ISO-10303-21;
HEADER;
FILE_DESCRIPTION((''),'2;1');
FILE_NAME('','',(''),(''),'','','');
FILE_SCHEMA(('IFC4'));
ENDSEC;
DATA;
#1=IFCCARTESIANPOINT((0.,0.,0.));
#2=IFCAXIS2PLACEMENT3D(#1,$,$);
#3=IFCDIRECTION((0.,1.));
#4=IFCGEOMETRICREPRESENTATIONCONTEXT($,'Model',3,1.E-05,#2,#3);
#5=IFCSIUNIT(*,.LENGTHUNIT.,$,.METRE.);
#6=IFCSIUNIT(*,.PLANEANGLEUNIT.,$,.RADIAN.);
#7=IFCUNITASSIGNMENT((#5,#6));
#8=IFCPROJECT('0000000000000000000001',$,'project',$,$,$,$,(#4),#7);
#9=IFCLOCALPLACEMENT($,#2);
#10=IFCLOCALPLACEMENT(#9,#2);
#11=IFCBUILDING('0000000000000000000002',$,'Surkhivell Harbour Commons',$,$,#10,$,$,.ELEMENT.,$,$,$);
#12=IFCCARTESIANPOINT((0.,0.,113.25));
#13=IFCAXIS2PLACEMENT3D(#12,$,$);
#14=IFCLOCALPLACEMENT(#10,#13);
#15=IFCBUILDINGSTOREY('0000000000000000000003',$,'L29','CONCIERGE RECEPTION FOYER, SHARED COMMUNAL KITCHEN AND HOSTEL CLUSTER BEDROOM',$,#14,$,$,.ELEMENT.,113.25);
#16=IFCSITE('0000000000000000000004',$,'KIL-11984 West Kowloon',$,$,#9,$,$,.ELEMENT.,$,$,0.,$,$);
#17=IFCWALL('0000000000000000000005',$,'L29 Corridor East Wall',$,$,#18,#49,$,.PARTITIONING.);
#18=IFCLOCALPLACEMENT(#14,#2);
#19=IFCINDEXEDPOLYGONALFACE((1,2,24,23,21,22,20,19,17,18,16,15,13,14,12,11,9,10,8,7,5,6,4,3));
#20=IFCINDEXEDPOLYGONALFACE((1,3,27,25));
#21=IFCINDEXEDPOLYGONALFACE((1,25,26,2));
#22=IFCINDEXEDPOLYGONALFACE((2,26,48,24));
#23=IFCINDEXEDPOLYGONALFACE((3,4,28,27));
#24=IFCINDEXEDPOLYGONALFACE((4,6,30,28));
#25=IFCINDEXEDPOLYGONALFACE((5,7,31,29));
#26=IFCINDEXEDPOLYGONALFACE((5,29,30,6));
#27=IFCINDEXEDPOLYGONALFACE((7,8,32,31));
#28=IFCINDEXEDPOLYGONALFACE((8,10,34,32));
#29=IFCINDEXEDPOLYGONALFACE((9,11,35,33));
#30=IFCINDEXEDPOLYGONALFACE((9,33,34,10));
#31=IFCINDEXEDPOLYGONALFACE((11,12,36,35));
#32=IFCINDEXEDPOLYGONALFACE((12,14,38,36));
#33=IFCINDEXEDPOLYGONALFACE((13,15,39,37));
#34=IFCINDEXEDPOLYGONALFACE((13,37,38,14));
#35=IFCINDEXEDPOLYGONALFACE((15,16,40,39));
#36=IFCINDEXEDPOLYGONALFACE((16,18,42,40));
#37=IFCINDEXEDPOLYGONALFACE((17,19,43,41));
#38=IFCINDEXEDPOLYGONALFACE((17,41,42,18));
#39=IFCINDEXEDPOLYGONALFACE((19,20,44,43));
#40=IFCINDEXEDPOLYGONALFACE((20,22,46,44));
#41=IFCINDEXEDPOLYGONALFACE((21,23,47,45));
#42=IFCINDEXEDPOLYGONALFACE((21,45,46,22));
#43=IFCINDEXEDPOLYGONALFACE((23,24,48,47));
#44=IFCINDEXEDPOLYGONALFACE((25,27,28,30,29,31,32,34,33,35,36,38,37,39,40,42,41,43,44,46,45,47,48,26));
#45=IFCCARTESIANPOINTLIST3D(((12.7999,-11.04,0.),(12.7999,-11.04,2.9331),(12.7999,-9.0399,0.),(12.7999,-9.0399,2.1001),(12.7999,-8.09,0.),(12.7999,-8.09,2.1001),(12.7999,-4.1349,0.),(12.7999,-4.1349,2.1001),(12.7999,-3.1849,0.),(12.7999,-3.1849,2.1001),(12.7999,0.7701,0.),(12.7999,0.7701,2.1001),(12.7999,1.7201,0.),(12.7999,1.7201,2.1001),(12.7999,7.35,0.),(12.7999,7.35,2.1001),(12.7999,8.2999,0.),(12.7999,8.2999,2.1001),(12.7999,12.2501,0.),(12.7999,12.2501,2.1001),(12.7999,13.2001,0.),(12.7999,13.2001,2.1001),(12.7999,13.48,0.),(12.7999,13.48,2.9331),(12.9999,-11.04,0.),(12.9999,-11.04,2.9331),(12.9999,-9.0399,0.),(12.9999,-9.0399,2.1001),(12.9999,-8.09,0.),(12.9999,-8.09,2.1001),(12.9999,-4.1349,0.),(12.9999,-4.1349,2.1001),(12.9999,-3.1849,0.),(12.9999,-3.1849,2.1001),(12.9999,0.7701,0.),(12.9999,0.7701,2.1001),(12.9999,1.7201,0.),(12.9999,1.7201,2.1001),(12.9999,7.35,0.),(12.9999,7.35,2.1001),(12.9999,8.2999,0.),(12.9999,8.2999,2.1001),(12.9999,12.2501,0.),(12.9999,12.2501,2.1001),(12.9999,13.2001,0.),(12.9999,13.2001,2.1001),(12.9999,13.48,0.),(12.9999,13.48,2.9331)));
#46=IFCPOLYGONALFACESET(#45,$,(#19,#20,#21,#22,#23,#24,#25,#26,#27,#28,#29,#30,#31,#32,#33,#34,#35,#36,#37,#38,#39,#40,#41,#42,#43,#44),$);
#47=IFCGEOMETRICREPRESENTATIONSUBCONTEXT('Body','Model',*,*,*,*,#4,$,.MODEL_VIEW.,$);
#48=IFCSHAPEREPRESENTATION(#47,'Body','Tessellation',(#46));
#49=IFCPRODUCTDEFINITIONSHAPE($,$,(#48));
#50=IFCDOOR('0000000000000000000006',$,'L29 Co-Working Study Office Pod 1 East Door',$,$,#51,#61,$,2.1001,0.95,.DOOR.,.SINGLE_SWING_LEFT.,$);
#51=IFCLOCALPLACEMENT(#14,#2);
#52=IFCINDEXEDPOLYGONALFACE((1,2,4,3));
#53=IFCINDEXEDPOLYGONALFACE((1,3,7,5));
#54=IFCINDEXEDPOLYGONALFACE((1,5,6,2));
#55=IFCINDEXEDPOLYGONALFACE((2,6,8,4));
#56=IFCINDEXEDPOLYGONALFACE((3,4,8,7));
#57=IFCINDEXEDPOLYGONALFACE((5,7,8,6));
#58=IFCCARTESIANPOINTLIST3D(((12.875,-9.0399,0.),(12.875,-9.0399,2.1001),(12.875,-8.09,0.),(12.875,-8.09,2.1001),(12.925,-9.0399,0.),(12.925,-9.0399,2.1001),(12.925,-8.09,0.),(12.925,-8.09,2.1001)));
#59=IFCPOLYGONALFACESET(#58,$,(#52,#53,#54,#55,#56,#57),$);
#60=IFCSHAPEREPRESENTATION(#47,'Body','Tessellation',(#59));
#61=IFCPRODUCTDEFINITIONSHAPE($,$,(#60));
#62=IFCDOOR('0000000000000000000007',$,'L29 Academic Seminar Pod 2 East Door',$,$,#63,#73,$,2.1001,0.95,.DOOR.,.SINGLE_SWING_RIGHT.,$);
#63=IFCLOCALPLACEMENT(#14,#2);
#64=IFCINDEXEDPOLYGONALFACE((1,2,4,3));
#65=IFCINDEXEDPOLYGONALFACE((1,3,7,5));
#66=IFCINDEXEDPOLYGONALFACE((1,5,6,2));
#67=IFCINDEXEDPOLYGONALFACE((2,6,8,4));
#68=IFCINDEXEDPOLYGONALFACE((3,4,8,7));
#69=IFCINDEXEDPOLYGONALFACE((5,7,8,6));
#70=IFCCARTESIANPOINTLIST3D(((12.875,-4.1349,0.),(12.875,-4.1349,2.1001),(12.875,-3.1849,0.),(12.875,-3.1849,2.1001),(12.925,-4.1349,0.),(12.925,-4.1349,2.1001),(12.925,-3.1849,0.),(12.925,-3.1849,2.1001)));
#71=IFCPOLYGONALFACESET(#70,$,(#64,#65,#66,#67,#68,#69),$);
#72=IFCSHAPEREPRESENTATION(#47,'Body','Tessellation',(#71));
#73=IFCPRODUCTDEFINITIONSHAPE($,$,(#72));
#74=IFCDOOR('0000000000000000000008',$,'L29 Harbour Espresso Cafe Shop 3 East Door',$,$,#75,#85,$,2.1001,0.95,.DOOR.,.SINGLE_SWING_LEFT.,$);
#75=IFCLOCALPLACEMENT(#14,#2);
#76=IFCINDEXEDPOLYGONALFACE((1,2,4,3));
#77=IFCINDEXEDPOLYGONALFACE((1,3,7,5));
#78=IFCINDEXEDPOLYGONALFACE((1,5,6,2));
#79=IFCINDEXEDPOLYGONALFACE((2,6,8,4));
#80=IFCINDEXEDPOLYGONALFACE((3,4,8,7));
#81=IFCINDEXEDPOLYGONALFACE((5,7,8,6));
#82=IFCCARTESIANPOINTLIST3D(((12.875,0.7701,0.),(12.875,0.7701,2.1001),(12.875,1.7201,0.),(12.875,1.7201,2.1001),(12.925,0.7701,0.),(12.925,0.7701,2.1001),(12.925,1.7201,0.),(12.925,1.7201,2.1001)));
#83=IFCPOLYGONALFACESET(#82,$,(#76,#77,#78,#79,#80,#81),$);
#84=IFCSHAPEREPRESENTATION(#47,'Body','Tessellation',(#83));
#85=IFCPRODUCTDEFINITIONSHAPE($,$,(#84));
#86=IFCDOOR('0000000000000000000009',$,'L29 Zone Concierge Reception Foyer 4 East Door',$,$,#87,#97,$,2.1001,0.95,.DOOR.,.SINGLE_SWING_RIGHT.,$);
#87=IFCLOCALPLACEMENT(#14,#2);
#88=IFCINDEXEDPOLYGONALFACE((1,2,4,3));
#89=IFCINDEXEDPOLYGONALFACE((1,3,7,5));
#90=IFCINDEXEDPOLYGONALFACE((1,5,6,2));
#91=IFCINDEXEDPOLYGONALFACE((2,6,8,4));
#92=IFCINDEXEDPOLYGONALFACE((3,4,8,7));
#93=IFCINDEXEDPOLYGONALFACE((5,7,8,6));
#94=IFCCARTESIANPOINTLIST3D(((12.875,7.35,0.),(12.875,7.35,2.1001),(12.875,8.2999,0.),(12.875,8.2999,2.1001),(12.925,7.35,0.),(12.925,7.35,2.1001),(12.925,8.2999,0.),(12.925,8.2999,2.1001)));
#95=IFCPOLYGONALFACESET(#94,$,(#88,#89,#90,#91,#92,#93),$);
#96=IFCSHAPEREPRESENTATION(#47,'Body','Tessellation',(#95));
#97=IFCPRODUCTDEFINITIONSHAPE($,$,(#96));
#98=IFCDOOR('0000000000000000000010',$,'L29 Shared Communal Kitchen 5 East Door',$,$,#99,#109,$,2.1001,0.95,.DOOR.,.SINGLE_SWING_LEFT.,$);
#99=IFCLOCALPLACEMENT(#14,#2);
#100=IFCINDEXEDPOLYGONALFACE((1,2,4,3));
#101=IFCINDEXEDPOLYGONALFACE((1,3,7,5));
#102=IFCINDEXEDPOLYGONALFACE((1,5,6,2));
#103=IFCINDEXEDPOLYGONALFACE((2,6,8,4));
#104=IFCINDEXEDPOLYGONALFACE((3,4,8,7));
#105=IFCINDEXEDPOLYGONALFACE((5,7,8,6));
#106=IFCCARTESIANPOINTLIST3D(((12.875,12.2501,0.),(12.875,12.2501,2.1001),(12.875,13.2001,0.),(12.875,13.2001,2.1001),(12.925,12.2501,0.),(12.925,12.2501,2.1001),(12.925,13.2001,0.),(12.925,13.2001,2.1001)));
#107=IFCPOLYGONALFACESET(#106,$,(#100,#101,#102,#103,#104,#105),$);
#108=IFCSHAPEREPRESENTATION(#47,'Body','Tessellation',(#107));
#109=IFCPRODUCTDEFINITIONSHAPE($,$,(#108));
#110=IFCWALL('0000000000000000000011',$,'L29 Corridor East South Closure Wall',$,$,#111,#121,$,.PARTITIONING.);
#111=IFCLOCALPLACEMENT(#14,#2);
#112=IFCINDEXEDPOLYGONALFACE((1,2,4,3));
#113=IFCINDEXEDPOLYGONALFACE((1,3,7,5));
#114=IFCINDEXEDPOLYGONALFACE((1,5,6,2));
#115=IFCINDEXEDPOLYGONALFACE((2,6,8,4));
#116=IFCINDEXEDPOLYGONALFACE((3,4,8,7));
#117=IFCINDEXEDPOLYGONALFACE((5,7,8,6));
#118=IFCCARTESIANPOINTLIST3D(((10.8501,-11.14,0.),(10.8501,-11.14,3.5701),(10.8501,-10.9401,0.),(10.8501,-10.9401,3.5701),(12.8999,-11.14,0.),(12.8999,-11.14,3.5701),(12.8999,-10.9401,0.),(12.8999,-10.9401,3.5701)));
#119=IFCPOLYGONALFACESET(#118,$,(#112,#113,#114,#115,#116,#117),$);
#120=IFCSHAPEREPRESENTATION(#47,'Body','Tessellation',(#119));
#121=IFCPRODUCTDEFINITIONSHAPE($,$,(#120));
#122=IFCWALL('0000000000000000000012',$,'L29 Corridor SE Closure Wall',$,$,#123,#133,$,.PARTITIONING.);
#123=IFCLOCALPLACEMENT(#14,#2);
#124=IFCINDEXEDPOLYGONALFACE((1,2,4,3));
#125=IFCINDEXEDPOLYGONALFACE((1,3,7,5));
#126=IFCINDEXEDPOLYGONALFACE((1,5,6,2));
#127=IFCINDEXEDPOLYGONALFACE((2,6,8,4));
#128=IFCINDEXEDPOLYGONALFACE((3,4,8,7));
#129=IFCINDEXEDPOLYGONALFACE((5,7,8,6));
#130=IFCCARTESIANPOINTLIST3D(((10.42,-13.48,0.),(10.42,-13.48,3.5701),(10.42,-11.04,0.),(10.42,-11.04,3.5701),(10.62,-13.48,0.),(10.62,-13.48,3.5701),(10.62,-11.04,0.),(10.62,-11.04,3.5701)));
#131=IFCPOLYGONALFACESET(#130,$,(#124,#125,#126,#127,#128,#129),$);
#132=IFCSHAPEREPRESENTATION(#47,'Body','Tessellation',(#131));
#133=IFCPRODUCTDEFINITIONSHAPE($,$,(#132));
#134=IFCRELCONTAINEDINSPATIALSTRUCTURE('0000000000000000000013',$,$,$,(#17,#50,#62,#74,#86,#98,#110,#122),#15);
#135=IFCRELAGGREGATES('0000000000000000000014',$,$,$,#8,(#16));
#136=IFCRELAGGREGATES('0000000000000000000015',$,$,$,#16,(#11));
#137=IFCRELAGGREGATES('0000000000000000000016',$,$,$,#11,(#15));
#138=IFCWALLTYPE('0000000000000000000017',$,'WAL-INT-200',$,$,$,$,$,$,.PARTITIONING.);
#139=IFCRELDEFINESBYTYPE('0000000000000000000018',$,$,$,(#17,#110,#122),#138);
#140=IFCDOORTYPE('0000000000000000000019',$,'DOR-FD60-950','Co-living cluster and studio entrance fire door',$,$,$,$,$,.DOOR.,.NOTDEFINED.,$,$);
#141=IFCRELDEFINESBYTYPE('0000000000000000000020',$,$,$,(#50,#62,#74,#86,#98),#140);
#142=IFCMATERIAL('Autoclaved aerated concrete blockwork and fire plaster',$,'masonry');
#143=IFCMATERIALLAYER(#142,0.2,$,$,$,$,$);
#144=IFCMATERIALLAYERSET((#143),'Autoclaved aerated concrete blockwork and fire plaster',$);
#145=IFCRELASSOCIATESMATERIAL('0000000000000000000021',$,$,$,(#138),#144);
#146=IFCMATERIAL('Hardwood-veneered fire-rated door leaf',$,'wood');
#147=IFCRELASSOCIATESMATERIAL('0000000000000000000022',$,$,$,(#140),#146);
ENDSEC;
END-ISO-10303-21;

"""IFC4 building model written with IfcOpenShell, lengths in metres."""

from ifc_helpers import new_model, si_unit, direction, frame, frame_2d, origin, place, context, subcontext, project, spatial, rectangle, extrude, material, layer, layer_set, type_object, element, fill, save


model = new_model("IFC4")

# Units and contexts
model_context = context("Model", 3, precision=1e-05, world=origin(), true_north=direction((0.0, 1.0)))
body_context = subcontext(model_context, "Body", "Model", "MODEL_VIEW")
ifc_project = project(units=[si_unit("LENGTHUNIT", "METRE"), si_unit("PLANEANGLEUNIT", "RADIAN")], contexts=[model_context])

# Site, building, storey
site_placement = place(None, origin())
site = spatial("IfcSite", under=ifc_project, at=site_placement, Name="KIL-11984 West Kowloon", CompositionType="ELEMENT", RefElevation=0.0)
building_placement = place(site_placement, origin())
building = spatial("IfcBuilding", under=site, at=building_placement, Name="Surkhivell Harbour Commons", CompositionType="ELEMENT")
storey_placement = place(building_placement, frame((0.0, 0.0, 113.25)))
storey = spatial("IfcBuildingStorey", under=building, at=storey_placement, Name="L29", Description="CONCIERGE RECEPTION FOYER, SHARED COMMUNAL KITCHEN AND HOSTEL CLUSTER BEDROOM", CompositionType="ELEMENT", Elevation=113.25)

# Shared definitions
ifc_material_1 = material(Name="Autoclaved aerated concrete blockwork and fire plaster", Category="masonry")
ifc_layer_1 = layer(ifc_material_1, 0.2)
ifc_layer_set_1 = layer_set([ifc_layer_1], Name="Autoclaved aerated concrete blockwork and fire plaster")
wall_type_1 = type_object("IfcWallType", Name="WAL-INT-200", PredefinedType="PARTITIONING", material=ifc_layer_set_1)

# Wall, openings, doors
wall_1_placement = place(storey_placement, frame((12.8999, -11.04, 0.0), z_axis=(0.0, 0.0, 1.0), x_axis=(0.0, 1.0, 0.0)))
wall_1 = element("IfcWall", 1, at=wall_1_placement, inside=storey, type_object=wall_type_1, Name="L29 Corridor East Wall", PredefinedType="PARTITIONING", context=body_context, shape_type="SweptSolid", body=[
    extrude(rectangle(XDim=24.52, YDim=0.2, at=frame_2d((12.26, 0.0))), origin(), (0.0, 0.0, 1.0), 2.9331),
])
opening_1_placement = place(wall_1_placement, frame((2.0, 0.0, 0.0)))
opening_1 = element("IfcOpeningElement", 2, at=opening_1_placement, cuts=wall_1, PredefinedType="OPENING", context=body_context, shape_type="SweptSolid", body=[
    extrude(rectangle(XDim=0.95, YDim=2.1001, at=frame_2d((0.4751, 1.05))), frame((0.0, 0.1099, 0.0), z_axis=(0.0, -1.0, 0.0), x_axis=(1.0, 0.0, 0.0)), (0.0, 0.0, 1.0), 0.22),
])
opening_2_placement = place(wall_1_placement, frame((6.905, 0.0, 0.0)))
opening_2 = element("IfcOpeningElement", 3, at=opening_2_placement, cuts=wall_1, PredefinedType="OPENING", context=body_context, shape_type="SweptSolid", body=[
    extrude(rectangle(XDim=0.95, YDim=2.1001, at=frame_2d((0.4751, 1.05))), frame((0.0, 0.1099, 0.0), z_axis=(0.0, -1.0, 0.0), x_axis=(1.0, 0.0, 0.0)), (0.0, 0.0, 1.0), 0.22),
])
opening_3_placement = place(wall_1_placement, frame((11.8101, 0.0, 0.0)))
opening_3 = element("IfcOpeningElement", 4, at=opening_3_placement, cuts=wall_1, PredefinedType="OPENING", context=body_context, shape_type="SweptSolid", body=[
    extrude(rectangle(XDim=0.95, YDim=2.1001, at=frame_2d((0.4751, 1.05))), frame((0.0, 0.1099, 0.0), z_axis=(0.0, -1.0, 0.0), x_axis=(1.0, 0.0, 0.0)), (0.0, 0.0, 1.0), 0.22),
])
opening_4_placement = place(wall_1_placement, frame((18.3899, 0.0, 0.0)))
opening_4 = element("IfcOpeningElement", 5, at=opening_4_placement, cuts=wall_1, PredefinedType="OPENING", context=body_context, shape_type="SweptSolid", body=[
    extrude(rectangle(XDim=0.95, YDim=2.1001, at=frame_2d((0.4751, 1.05))), frame((0.0, 0.1099, 0.0), z_axis=(0.0, -1.0, 0.0), x_axis=(1.0, 0.0, 0.0)), (0.0, 0.0, 1.0), 0.22),
])
opening_5_placement = place(wall_1_placement, frame((23.29, 0.0, 0.0)))
opening_5 = element("IfcOpeningElement", 6, at=opening_5_placement, cuts=wall_1, PredefinedType="OPENING", context=body_context, shape_type="SweptSolid", body=[
    extrude(rectangle(XDim=0.95, YDim=2.1001, at=frame_2d((0.4751, 1.05))), frame((0.0, 0.1099, 0.0), z_axis=(0.0, -1.0, 0.0), x_axis=(1.0, 0.0, 0.0)), (0.0, 0.0, 1.0), 0.22),
])
ifc_material_2 = material(Name="Hardwood-veneered fire-rated door leaf", Category="wood")
door_type = type_object("IfcDoorType", Name="DOR-FD60-950", Description="Co-living cluster and studio entrance fire door", OperationType="NOTDEFINED", PredefinedType="DOOR", material=ifc_material_2)
door_1_placement = place(opening_1_placement, origin())
door_1 = element("IfcDoor", 7, at=door_1_placement, inside=storey, type_object=door_type, Name="L29 Co-Working Study Office Pod 1 East Door", OperationType="SINGLE_SWING_LEFT", OverallHeight=2.1001, OverallWidth=0.95, PredefinedType="DOOR", context=body_context, shape_type="SweptSolid", body=[
    extrude(rectangle(XDim=0.95, YDim=2.1001, at=frame_2d((0.4751, 1.05))), frame((0.0, 0.0249, 0.0), z_axis=(0.0, -1.0, 0.0), x_axis=(1.0, 0.0, 0.0)), (0.0, 0.0, 1.0), 0.05),
])
fill(opening_1, door_1)
door_2_placement = place(opening_2_placement, origin())
door_2 = element("IfcDoor", 8, at=door_2_placement, inside=storey, type_object=door_type, Name="L29 Academic Seminar Pod 2 East Door", OperationType="SINGLE_SWING_RIGHT", OverallHeight=2.1001, OverallWidth=0.95, PredefinedType="DOOR", context=body_context, shape_type="SweptSolid", body=[
    extrude(rectangle(XDim=0.95, YDim=2.1001, at=frame_2d((0.4751, 1.05))), frame((0.0, 0.0249, 0.0), z_axis=(0.0, -1.0, 0.0), x_axis=(1.0, 0.0, 0.0)), (0.0, 0.0, 1.0), 0.05),
])
fill(opening_2, door_2)
door_3_placement = place(opening_3_placement, origin())
door_3 = element("IfcDoor", 9, at=door_3_placement, inside=storey, type_object=door_type, Name="L29 Harbour Espresso Cafe Shop 3 East Door", OperationType="SINGLE_SWING_LEFT", OverallHeight=2.1001, OverallWidth=0.95, PredefinedType="DOOR", context=body_context, shape_type="SweptSolid", body=[
    extrude(rectangle(XDim=0.95, YDim=2.1001, at=frame_2d((0.4751, 1.05))), frame((0.0, 0.0249, 0.0), z_axis=(0.0, -1.0, 0.0), x_axis=(1.0, 0.0, 0.0)), (0.0, 0.0, 1.0), 0.05),
])
fill(opening_3, door_3)
door_4_placement = place(opening_4_placement, origin())
door_4 = element("IfcDoor", 10, at=door_4_placement, inside=storey, type_object=door_type, Name="L29 Zone Concierge Reception Foyer 4 East Door", OperationType="SINGLE_SWING_RIGHT", OverallHeight=2.1001, OverallWidth=0.95, PredefinedType="DOOR", context=body_context, shape_type="SweptSolid", body=[
    extrude(rectangle(XDim=0.95, YDim=2.1001, at=frame_2d((0.4751, 1.05))), frame((0.0, 0.0249, 0.0), z_axis=(0.0, -1.0, 0.0), x_axis=(1.0, 0.0, 0.0)), (0.0, 0.0, 1.0), 0.05),
])
fill(opening_4, door_4)
door_5_placement = place(opening_5_placement, origin())
door_5 = element("IfcDoor", 11, at=door_5_placement, inside=storey, type_object=door_type, Name="L29 Shared Communal Kitchen 5 East Door", OperationType="SINGLE_SWING_LEFT", OverallHeight=2.1001, OverallWidth=0.95, PredefinedType="DOOR", context=body_context, shape_type="SweptSolid", body=[
    extrude(rectangle(XDim=0.95, YDim=2.1001, at=frame_2d((0.4751, 1.05))), frame((0.0, 0.0249, 0.0), z_axis=(0.0, -1.0, 0.0), x_axis=(1.0, 0.0, 0.0)), (0.0, 0.0, 1.0), 0.05),
])
fill(opening_5, door_5)

# Walls
wall_2_placement = place(storey_placement, frame((10.8501, -11.04, 0.0), z_axis=(0.0, 0.0, 1.0), x_axis=(1.0, 0.0, 0.0)))
element("IfcWall", 12, at=wall_2_placement, inside=storey, type_object=wall_type_1, Name="L29 Corridor East South Closure Wall", PredefinedType="PARTITIONING", context=body_context, shape_type="SweptSolid", body=[
    extrude(rectangle(XDim=2.0498, YDim=0.2, at=frame_2d((1.0249, 0.0))), origin(), (0.0, 0.0, 1.0), 3.5701),
])
wall_3_placement = place(storey_placement, frame((10.52, -13.48, 0.0), z_axis=(0.0, 0.0, 1.0), x_axis=(0.0, 1.0, 0.0)))
element("IfcWall", 13, at=wall_3_placement, inside=storey, type_object=wall_type_1, Name="L29 Corridor SE Closure Wall", PredefinedType="PARTITIONING", context=body_context, shape_type="SweptSolid", body=[
    extrude(rectangle(XDim=2.4399, YDim=0.2, at=frame_2d((1.22, 0.0))), origin(), (0.0, 0.0, 1.0), 3.5701),
])

save(model, "model.ifc")
